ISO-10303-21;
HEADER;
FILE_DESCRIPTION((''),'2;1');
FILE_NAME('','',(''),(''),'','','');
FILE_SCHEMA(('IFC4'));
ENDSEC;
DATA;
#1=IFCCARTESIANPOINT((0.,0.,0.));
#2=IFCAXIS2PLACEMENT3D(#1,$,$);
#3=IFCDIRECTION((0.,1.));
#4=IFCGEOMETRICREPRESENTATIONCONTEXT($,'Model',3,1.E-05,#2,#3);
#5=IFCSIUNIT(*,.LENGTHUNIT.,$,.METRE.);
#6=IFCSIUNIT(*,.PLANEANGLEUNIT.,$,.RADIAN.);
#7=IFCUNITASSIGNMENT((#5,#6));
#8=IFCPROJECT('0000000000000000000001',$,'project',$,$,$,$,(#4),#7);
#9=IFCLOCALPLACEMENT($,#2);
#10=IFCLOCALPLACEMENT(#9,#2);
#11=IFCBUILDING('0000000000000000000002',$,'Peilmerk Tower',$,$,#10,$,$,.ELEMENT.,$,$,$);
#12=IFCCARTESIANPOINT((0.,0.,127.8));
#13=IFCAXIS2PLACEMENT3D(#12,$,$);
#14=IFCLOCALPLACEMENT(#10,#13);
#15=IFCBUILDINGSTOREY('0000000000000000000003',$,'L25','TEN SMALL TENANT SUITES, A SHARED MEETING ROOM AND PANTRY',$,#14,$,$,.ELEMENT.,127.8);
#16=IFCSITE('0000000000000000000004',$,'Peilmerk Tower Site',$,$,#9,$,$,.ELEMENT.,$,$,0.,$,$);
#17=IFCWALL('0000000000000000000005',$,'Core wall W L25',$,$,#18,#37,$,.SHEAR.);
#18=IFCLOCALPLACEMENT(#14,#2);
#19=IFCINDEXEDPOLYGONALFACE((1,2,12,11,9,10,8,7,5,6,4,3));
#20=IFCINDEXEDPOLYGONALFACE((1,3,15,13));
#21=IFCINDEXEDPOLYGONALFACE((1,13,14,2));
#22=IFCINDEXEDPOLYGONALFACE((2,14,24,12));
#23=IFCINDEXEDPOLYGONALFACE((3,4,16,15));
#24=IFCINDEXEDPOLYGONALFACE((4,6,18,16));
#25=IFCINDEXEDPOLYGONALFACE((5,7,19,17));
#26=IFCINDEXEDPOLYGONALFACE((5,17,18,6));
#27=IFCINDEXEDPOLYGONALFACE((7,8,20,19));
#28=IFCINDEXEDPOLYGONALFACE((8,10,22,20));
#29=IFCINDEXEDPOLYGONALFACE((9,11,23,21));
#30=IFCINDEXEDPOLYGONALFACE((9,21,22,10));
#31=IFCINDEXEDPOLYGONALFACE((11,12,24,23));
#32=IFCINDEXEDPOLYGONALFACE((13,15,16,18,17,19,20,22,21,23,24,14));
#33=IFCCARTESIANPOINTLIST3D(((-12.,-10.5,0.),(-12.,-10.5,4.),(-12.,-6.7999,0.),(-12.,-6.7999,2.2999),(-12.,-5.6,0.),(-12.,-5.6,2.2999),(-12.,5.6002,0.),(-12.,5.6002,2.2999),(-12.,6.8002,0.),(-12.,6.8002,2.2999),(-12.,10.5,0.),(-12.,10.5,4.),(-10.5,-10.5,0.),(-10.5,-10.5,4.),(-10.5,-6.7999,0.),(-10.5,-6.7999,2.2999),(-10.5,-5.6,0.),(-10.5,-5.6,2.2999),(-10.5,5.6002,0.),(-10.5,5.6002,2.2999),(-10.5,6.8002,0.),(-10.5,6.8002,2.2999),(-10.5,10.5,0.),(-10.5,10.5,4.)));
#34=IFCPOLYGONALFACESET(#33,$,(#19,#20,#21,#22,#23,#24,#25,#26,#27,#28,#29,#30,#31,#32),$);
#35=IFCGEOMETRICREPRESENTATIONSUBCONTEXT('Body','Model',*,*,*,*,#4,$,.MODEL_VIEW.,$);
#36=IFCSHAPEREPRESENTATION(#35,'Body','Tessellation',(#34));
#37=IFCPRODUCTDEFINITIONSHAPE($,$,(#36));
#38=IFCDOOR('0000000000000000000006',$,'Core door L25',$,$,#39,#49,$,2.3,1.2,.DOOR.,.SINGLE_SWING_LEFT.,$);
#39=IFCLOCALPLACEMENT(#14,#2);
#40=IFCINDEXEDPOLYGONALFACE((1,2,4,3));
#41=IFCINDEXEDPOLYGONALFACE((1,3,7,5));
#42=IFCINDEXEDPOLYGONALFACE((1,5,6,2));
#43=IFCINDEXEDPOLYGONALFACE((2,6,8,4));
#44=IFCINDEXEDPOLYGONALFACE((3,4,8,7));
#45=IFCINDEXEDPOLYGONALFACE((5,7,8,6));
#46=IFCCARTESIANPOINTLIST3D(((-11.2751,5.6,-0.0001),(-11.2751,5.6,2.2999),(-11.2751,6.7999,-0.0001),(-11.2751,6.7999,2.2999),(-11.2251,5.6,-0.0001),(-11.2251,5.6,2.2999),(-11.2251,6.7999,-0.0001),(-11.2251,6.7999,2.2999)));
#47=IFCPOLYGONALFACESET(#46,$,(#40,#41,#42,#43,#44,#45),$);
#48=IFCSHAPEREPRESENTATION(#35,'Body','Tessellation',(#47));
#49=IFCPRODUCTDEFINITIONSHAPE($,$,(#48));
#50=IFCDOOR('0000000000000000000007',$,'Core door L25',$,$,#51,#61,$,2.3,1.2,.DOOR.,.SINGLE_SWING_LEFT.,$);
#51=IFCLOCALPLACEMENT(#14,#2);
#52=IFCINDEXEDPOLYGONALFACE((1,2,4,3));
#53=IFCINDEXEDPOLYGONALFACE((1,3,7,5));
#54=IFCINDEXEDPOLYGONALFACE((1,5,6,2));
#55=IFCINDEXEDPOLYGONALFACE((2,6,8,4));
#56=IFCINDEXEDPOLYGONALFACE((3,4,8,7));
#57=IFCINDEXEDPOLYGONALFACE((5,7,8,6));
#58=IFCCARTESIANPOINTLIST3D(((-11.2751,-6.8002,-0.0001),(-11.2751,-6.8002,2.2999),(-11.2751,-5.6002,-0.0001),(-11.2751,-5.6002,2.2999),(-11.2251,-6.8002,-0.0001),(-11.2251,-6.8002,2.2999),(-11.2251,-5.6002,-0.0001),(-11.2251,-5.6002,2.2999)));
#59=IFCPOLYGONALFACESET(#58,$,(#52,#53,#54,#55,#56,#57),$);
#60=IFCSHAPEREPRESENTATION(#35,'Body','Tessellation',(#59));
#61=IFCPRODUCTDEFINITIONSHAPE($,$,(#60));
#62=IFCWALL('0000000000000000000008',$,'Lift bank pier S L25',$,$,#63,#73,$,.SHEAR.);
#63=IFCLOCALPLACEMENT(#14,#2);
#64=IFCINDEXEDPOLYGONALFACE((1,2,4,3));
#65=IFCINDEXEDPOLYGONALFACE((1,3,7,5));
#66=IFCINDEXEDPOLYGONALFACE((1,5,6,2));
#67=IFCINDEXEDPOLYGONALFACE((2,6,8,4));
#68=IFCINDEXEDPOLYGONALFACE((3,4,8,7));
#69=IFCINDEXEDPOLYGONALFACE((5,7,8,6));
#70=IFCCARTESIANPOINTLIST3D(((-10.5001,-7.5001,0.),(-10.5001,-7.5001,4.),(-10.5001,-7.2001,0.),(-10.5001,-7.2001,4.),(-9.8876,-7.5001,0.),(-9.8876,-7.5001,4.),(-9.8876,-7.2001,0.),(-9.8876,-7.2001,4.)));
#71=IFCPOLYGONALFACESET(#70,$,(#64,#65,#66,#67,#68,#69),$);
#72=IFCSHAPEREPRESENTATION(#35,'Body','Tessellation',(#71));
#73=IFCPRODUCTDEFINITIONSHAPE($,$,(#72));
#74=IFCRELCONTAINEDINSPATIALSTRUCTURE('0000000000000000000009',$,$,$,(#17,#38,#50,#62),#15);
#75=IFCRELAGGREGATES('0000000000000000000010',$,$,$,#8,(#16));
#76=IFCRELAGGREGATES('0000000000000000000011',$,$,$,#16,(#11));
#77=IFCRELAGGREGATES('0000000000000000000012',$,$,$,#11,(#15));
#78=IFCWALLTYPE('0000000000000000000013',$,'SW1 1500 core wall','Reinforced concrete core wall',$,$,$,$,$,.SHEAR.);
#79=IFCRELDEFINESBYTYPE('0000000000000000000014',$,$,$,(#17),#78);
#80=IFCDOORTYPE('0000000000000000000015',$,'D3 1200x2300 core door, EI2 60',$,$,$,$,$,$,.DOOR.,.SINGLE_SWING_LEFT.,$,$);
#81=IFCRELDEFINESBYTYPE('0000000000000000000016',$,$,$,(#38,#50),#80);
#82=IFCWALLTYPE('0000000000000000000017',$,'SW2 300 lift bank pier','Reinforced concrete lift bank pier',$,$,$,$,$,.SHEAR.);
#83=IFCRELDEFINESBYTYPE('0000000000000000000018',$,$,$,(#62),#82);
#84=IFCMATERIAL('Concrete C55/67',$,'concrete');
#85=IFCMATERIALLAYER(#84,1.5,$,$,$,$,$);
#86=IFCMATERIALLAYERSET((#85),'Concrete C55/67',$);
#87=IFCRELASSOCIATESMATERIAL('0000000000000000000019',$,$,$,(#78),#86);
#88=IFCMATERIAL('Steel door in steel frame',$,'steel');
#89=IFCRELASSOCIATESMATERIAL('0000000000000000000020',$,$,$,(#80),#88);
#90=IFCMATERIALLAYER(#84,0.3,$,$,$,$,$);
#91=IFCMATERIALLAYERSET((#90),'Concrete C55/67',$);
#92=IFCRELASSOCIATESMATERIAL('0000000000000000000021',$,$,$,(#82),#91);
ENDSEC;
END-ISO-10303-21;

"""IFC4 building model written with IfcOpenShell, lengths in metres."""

from ifc_helpers import new_model, si_unit, direction, frame, frame_2d, origin, place, context, subcontext, project, spatial, rectangle, extrude, material, layer, layer_set, type_object, element, fill, save


model = new_model("IFC4")

# Units and contexts
model_context = context("Model", 3, precision=1e-05, world=origin(), true_north=direction((0.0, 1.0)))
body_context = subcontext(model_context, "Body", "Model", "MODEL_VIEW")
ifc_project = project(units=[si_unit("LENGTHUNIT", "METRE"), si_unit("PLANEANGLEUNIT", "RADIAN")], contexts=[model_context])

# Site, building, storey
site_placement = place(None, origin())
site = spatial("IfcSite", under=ifc_project, at=site_placement, Name="Peilmerk Tower Site", CompositionType="ELEMENT", RefElevation=0.0)
building_placement = place(site_placement, origin())
building = spatial("IfcBuilding", under=site, at=building_placement, Name="Peilmerk Tower", CompositionType="ELEMENT")
storey_placement = place(building_placement, frame((0.0, 0.0, 127.8)))
storey = spatial("IfcBuildingStorey", under=building, at=storey_placement, Name="L25", Description="TEN SMALL TENANT SUITES, A SHARED MEETING ROOM AND PANTRY", CompositionType="ELEMENT", Elevation=127.8)

# Wall, openings, doors
ifc_material_1 = material(Name="Concrete C55/67", Category="concrete")
ifc_layer_1 = layer(ifc_material_1, 1.5)
ifc_layer_set_1 = layer_set([ifc_layer_1], Name="Concrete C55/67")
wall_type_1 = type_object("IfcWallType", Name="SW1 1500 core wall", Description="Reinforced concrete core wall", PredefinedType="SHEAR", material=ifc_layer_set_1)
wall_1_placement = place(storey_placement, frame((-11.25, -10.5, 0.0), z_axis=(0.0, 0.0, 1.0), x_axis=(0.0, 1.0, 0.0)))
wall_1 = element("IfcWall", 1, at=wall_1_placement, inside=storey, type_object=wall_type_1, Name="Core wall W L25", PredefinedType="SHEAR", context=body_context, shape_type="SweptSolid", body=[
    extrude(rectangle(XDim=21.0, YDim=1.5, at=frame_2d((10.5, 0.0))), origin(), (0.0, 0.0, 1.0), 4.0),
])
opening_1_placement = place(wall_1_placement, frame((16.1001, 0.0, 0.0)))
opening_1 = element("IfcOpeningElement", 2, at=opening_1_placement, cuts=wall_1, PredefinedType="OPENING", context=body_context, shape_type="SweptSolid", body=[
    extrude(rectangle(XDim=1.2, YDim=2.3, at=frame_2d((0.6001, 1.1499))), frame((0.0, 0.76, 0.0), z_axis=(0.0, -1.0, 0.0), x_axis=(1.0, 0.0, 0.0)), (0.0, 0.0, 1.0), 1.52),
])
opening_2_placement = place(wall_1_placement, frame((3.7, 0.0, 0.0)))
opening_2 = element("IfcOpeningElement", 3, at=opening_2_placement, cuts=wall_1, PredefinedType="OPENING", context=body_context, shape_type="SweptSolid", body=[
    extrude(rectangle(XDim=1.2, YDim=2.3, at=frame_2d((0.6001, 1.1499))), frame((0.0, 0.76, 0.0), z_axis=(0.0, -1.0, 0.0), x_axis=(1.0, 0.0, 0.0)), (0.0, 0.0, 1.0), 1.52),
])
ifc_material_2 = material(Name="Steel door in steel frame", Category="steel")
door_type_1 = type_object("IfcDoorType", Name="D3 1200x2300 core door, EI2 60", OperationType="SINGLE_SWING_LEFT", PredefinedType="DOOR", material=ifc_material_2)
door_1_placement = place(opening_1_placement, frame((1.2, 0.0, 0.0), z_axis=(0.0, 0.0, 1.0), x_axis=(-1.0, 0.0, 0.0)))
door_1 = element("IfcDoor", 4, at=door_1_placement, inside=storey, type_object=door_type_1, Name="Core door L25", OperationType="SINGLE_SWING_LEFT", OverallHeight=2.3, OverallWidth=1.2, PredefinedType="DOOR", context=body_context, shape_type="SweptSolid", body=[
    extrude(rectangle(XDim=1.2, YDim=2.3, at=frame_2d((0.6001, 1.1499))), frame((0.0, 0.0249, 0.0), z_axis=(0.0, -1.0, 0.0), x_axis=(1.0, 0.0, 0.0)), (0.0, 0.0, 1.0), 0.05),
])
fill(opening_1, door_1)
door_2_placement = place(opening_2_placement, frame((1.2, 0.0, 0.0), z_axis=(0.0, 0.0, 1.0), x_axis=(-1.0, 0.0, 0.0)))
door_2 = element("IfcDoor", 5, at=door_2_placement, inside=storey, type_object=door_type_1, Name="Core door L25", OperationType="SINGLE_SWING_LEFT", OverallHeight=2.3, OverallWidth=1.2, PredefinedType="DOOR", context=body_context, shape_type="SweptSolid", body=[
    extrude(rectangle(XDim=1.2, YDim=2.3, at=frame_2d((0.6001, 1.1499))), frame((0.0, 0.0249, 0.0), z_axis=(0.0, -1.0, 0.0), x_axis=(1.0, 0.0, 0.0)), (0.0, 0.0, 1.0), 0.05),
])
fill(opening_2, door_2)

# Wall
ifc_layer_2 = layer(ifc_material_1, 0.3)
ifc_layer_set_2 = layer_set([ifc_layer_2], Name="Concrete C55/67")
wall_type_2 = type_object("IfcWallType", Name="SW2 300 lift bank pier", Description="Reinforced concrete lift bank pier", PredefinedType="SHEAR", material=ifc_layer_set_2)
wall_2_placement = place(storey_placement, frame((-10.5, -7.3501, 0.0), z_axis=(0.0, 0.0, 1.0), x_axis=(1.0, 0.0, 0.0)))
element("IfcWall", 6, at=wall_2_placement, inside=storey, type_object=wall_type_2, Name="Lift bank pier S L25", PredefinedType="SHEAR", context=body_context, shape_type="SweptSolid", body=[
    extrude(rectangle(XDim=0.6125, YDim=0.3, at=frame_2d((0.3062, 0.0))), origin(), (0.0, 0.0, 1.0), 4.0),
])

save(model, "model.ifc")
